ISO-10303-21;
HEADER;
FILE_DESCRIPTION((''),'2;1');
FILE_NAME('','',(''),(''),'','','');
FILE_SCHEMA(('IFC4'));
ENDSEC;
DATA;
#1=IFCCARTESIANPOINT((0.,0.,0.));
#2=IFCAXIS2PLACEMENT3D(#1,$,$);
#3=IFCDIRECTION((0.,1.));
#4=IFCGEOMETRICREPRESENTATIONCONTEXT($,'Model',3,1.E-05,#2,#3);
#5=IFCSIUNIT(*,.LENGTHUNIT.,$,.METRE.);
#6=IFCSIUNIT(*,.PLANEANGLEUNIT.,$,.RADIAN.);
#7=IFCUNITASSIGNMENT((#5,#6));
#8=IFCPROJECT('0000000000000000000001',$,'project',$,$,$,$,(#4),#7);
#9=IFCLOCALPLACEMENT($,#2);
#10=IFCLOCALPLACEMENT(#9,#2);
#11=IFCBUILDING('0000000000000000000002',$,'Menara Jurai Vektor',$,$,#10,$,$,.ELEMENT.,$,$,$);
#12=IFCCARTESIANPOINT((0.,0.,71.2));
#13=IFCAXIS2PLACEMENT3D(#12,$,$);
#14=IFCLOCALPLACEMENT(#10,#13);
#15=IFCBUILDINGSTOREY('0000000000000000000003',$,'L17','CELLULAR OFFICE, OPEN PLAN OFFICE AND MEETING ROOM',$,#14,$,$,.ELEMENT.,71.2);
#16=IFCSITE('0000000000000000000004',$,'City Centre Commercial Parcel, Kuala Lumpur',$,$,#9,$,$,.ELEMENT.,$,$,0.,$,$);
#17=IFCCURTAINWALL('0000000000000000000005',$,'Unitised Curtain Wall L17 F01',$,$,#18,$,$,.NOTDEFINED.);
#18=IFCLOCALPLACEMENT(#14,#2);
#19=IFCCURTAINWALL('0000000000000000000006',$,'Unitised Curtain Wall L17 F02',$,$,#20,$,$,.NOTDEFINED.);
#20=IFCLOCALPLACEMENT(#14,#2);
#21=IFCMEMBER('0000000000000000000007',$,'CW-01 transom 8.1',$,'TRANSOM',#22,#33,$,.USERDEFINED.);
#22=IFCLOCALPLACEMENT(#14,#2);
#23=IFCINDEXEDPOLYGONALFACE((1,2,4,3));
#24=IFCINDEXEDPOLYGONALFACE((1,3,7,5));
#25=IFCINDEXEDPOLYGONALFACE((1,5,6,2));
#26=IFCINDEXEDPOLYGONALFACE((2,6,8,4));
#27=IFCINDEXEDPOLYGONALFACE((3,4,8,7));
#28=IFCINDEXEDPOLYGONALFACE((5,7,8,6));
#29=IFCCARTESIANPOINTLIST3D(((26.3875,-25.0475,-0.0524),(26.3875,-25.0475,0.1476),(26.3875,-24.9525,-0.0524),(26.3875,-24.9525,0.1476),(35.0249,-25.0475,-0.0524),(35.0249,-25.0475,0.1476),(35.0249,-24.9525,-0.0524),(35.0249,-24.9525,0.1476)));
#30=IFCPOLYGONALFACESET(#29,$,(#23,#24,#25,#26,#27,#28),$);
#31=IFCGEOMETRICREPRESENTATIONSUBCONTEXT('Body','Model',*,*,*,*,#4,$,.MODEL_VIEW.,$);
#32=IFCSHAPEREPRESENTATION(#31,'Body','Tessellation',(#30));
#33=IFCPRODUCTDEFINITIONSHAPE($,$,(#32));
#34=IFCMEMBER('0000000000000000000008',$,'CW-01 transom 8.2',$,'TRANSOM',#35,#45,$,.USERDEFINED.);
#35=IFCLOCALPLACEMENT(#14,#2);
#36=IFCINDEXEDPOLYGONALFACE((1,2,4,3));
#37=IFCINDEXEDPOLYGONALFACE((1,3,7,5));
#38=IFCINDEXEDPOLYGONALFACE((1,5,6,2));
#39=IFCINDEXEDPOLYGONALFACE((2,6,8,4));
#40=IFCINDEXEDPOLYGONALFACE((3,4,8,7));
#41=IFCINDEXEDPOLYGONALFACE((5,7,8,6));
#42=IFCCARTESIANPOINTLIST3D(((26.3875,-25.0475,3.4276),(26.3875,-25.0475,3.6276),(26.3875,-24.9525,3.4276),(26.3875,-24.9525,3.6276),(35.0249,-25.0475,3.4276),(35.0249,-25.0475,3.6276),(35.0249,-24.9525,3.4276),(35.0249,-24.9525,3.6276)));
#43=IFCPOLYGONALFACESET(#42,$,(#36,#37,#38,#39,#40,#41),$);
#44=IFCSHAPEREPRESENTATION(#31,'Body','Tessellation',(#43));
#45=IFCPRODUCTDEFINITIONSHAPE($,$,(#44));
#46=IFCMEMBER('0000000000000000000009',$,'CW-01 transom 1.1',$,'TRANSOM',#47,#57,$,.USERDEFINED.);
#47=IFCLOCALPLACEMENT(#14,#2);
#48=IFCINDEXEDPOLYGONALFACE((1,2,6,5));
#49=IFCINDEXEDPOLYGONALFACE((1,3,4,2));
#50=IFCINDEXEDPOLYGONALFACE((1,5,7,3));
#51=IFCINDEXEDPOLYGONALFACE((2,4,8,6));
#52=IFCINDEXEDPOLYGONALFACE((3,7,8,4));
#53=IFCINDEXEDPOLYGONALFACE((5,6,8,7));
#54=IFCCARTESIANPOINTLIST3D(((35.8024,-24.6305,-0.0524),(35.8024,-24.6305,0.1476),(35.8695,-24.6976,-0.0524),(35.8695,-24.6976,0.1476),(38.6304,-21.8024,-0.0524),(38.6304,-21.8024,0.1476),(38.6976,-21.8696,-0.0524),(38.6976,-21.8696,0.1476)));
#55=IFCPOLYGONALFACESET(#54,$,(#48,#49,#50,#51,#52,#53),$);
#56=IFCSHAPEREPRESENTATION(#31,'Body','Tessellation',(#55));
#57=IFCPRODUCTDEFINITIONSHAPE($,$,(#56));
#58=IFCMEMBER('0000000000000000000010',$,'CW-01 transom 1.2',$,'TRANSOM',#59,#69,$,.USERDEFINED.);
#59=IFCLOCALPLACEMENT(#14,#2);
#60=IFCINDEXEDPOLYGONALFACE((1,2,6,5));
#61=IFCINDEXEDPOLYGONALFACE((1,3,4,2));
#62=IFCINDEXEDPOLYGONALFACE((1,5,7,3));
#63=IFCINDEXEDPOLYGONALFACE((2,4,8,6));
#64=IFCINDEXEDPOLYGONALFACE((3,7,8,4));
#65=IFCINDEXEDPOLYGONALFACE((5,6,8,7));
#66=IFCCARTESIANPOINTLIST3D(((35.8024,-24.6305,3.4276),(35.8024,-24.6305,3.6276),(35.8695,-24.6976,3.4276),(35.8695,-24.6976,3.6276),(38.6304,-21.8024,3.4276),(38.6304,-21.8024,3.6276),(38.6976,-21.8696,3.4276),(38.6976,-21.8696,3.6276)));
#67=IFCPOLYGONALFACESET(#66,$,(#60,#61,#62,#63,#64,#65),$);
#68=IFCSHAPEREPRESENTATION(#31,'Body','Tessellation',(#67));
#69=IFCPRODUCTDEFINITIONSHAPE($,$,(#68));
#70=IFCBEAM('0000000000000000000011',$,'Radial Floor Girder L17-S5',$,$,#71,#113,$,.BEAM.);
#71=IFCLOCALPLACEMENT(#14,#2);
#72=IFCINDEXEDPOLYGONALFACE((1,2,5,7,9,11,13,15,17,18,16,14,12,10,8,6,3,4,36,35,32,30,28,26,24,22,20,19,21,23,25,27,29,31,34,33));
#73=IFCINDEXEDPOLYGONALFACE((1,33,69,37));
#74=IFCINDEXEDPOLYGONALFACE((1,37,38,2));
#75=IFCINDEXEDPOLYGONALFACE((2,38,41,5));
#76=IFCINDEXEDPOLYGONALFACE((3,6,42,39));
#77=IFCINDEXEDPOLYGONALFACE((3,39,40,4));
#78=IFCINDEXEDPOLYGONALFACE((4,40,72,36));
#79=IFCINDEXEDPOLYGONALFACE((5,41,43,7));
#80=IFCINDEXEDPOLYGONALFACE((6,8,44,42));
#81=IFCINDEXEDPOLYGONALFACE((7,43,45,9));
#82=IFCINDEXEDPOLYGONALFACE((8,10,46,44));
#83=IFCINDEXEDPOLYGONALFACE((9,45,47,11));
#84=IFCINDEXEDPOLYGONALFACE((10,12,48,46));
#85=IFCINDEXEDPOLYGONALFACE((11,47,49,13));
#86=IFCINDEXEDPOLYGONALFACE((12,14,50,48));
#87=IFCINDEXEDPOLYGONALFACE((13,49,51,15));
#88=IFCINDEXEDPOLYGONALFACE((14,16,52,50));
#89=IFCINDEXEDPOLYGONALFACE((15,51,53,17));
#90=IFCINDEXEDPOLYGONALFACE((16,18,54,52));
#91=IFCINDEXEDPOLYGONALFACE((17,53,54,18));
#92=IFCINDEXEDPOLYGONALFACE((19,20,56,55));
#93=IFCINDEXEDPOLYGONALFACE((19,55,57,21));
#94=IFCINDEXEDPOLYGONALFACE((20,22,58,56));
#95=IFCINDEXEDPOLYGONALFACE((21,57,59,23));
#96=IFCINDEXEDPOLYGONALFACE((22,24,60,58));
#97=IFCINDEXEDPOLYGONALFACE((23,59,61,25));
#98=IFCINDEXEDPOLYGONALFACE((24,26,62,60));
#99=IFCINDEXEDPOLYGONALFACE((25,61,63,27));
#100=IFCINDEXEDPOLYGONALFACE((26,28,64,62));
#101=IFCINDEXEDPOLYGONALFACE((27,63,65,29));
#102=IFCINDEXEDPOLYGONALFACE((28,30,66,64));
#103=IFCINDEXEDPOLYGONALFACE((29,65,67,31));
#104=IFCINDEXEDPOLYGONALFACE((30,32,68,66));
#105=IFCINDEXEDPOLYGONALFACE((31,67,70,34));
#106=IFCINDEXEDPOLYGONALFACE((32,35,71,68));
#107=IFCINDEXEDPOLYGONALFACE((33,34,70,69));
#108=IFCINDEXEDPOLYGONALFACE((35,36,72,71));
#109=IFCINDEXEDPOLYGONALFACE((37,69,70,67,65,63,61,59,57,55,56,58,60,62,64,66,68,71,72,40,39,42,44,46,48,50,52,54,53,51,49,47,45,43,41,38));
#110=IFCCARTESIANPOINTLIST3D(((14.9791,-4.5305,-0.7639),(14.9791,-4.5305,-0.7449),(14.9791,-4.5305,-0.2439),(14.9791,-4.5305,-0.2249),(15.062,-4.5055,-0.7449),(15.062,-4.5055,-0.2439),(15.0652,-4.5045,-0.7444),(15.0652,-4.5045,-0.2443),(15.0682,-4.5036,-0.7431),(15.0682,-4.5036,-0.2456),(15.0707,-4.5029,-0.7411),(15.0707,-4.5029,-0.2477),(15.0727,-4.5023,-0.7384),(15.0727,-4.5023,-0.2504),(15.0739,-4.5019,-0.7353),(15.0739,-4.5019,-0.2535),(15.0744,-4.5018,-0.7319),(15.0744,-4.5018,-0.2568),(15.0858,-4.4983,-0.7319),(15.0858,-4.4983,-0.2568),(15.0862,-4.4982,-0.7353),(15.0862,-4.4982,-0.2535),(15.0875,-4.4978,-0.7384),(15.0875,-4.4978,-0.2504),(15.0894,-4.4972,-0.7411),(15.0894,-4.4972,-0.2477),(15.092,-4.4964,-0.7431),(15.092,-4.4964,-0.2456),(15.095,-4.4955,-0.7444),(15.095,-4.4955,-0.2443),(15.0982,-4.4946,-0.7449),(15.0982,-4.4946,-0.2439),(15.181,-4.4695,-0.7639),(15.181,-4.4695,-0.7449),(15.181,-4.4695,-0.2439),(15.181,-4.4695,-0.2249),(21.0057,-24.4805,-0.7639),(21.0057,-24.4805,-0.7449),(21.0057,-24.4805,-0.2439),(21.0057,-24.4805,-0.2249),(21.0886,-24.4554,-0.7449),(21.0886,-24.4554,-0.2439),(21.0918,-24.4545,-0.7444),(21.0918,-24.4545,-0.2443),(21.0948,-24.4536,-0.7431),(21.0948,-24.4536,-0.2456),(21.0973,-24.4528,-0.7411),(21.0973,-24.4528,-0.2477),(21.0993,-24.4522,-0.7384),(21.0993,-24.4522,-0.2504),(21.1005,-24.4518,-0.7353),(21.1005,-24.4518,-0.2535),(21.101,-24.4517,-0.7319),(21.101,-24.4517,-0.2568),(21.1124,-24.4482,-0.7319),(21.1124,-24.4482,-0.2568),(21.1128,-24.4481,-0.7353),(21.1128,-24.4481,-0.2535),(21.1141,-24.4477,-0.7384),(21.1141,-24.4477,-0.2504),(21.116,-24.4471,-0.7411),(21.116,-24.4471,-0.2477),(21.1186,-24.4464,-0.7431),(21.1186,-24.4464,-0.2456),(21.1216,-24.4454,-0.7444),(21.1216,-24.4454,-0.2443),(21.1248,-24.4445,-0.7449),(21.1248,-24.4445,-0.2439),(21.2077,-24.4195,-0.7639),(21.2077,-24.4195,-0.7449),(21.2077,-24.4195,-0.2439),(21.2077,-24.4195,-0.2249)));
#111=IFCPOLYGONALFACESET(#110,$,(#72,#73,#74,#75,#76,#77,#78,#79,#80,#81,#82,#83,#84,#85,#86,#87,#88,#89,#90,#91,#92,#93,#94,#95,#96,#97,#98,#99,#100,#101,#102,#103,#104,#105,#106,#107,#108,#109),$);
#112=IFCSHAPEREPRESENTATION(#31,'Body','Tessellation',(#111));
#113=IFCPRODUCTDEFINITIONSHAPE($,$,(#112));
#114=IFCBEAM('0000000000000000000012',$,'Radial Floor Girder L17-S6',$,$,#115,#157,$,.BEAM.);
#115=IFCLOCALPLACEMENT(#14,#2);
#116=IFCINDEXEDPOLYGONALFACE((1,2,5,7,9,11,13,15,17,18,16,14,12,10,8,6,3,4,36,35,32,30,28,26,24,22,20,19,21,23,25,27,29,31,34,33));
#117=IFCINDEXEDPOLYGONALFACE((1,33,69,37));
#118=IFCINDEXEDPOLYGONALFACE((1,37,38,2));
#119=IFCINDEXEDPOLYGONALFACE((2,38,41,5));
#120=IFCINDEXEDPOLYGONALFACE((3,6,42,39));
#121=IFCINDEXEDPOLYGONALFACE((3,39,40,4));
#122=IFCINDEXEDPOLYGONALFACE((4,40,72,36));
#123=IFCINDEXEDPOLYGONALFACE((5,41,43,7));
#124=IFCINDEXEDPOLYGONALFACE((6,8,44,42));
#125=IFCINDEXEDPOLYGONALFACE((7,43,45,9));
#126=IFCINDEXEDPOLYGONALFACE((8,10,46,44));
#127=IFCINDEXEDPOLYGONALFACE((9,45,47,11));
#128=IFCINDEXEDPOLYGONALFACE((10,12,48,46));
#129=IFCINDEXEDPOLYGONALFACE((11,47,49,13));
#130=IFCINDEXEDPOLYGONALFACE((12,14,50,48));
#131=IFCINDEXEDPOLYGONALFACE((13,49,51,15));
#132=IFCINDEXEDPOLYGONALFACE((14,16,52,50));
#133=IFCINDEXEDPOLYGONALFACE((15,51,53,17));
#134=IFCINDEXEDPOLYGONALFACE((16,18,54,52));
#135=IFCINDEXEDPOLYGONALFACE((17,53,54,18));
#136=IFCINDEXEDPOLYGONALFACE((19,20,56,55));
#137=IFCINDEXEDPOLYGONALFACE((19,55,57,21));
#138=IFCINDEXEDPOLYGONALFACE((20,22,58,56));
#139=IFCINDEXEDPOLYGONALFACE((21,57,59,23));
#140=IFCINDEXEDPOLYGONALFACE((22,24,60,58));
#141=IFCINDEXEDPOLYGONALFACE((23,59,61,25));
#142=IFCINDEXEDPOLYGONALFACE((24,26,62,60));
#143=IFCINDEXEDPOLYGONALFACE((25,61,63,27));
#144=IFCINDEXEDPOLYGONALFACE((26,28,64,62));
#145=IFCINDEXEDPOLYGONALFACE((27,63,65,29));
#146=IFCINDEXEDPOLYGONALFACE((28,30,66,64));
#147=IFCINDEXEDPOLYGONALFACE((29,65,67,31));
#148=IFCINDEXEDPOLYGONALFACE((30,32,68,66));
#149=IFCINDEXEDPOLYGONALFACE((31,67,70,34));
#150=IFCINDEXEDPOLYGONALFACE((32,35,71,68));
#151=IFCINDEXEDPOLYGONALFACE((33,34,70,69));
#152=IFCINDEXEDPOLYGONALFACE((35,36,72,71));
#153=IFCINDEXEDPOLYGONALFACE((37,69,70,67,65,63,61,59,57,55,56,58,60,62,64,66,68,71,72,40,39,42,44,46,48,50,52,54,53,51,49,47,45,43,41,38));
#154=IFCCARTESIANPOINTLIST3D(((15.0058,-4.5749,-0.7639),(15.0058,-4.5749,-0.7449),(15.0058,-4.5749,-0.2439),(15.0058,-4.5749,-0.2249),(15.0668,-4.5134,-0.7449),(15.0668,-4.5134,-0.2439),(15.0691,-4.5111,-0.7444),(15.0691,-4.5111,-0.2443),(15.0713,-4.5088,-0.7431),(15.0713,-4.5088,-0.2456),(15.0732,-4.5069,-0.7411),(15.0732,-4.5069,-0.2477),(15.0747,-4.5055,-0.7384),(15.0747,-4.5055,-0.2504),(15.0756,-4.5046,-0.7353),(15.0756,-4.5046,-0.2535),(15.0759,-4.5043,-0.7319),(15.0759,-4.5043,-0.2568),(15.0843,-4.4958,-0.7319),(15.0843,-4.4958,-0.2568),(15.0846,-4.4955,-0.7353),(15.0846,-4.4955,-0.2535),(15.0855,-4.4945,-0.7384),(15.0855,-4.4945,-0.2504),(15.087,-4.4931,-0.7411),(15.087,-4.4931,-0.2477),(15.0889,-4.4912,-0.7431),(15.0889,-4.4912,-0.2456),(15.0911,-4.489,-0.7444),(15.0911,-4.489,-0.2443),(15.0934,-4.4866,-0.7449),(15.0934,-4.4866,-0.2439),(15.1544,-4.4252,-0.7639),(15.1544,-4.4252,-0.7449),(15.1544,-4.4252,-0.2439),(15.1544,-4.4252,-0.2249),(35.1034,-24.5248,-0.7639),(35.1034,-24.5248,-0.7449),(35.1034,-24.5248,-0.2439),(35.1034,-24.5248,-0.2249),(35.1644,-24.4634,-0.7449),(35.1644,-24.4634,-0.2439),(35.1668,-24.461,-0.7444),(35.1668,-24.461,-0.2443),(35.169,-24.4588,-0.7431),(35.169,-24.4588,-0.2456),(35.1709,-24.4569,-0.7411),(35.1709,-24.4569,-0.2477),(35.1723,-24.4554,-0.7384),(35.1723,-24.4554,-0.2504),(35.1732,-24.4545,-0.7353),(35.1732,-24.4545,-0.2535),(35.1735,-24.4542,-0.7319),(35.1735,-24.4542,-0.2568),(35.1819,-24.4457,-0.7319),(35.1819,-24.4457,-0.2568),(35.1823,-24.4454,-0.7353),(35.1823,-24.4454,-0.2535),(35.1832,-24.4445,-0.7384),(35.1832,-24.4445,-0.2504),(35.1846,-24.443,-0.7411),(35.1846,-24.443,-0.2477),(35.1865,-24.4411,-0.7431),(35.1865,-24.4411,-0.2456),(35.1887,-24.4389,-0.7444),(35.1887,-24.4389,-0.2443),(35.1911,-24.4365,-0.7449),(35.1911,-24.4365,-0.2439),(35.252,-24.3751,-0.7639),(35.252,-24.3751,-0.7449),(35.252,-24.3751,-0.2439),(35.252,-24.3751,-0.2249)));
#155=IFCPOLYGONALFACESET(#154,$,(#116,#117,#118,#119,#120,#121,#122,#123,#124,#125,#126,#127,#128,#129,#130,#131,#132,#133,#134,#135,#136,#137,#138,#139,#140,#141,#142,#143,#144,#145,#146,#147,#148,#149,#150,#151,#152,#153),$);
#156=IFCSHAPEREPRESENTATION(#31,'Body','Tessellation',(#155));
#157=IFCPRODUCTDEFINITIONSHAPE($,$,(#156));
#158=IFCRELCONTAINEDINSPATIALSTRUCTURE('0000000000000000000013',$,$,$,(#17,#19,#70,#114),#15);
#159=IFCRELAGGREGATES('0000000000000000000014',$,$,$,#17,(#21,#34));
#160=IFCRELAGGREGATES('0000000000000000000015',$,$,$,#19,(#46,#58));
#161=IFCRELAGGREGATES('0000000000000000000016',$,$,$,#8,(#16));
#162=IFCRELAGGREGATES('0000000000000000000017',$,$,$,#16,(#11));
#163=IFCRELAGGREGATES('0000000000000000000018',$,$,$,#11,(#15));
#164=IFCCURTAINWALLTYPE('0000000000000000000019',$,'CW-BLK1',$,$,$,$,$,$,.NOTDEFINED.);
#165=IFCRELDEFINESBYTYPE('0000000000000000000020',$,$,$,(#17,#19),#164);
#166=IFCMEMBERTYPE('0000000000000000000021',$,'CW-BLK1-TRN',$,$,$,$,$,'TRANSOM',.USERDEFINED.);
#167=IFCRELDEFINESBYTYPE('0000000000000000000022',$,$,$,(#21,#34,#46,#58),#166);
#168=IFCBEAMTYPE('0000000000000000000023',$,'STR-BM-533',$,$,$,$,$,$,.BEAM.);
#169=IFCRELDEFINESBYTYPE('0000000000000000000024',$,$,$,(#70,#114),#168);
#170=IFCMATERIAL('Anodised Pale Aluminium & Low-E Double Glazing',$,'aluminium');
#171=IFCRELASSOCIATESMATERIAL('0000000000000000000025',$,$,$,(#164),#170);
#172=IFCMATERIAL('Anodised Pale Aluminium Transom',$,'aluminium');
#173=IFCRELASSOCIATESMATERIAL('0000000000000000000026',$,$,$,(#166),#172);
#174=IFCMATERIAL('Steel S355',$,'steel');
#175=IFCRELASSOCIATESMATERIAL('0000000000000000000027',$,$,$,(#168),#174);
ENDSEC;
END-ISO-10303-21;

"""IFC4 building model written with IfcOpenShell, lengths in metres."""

from ifc_helpers import new_model, si_unit, direction, frame, origin, origin_2d, place, context, subcontext, project, spatial, rectangle, i_section, extrude, material, material_profile, profile_set, type_object, element, aggregate, save


model = new_model("IFC4")

# Units and contexts
model_context = context("Model", 3, precision=1e-05, world=origin(), true_north=direction((0.0, 1.0)))
body_context = subcontext(model_context, "Body", "Model", "MODEL_VIEW")
ifc_project = project(units=[si_unit("LENGTHUNIT", "METRE"), si_unit("PLANEANGLEUNIT", "RADIAN")], contexts=[model_context])

# Site, building, storey
site_placement = place(None, origin())
site = spatial("IfcSite", under=ifc_project, at=site_placement, Name="City Centre Commercial Parcel, Kuala Lumpur", CompositionType="ELEMENT", RefElevation=0.0)
building_placement = place(site_placement, origin())
building = spatial("IfcBuilding", under=site, at=building_placement, Name="Menara Jurai Vektor", CompositionType="ELEMENT")
storey_placement = place(building_placement, frame((0.0, 0.0, 71.2)))
storey = spatial("IfcBuildingStorey", under=building, at=storey_placement, Name="L17", Description="CELLULAR OFFICE, OPEN PLAN OFFICE AND MEETING ROOM", CompositionType="ELEMENT", Elevation=71.2)

# Curtain walls
ifc_material_1 = material(Name="Anodised Pale Aluminium & Low-E Double Glazing", Category="aluminium")
curtain_wall_type = type_object("IfcCurtainWallType", Name="CW-BLK1", PredefinedType="NOTDEFINED", material=ifc_material_1)
curtain_wall_1_placement = place(storey_placement, origin())
curtain_wall_1 = element("IfcCurtainWall", 1, at=curtain_wall_1_placement, inside=storey, type_object=curtain_wall_type, Name="Unitised Curtain Wall L17 F01", PredefinedType="NOTDEFINED")
curtain_wall_2_placement = place(storey_placement, origin())
curtain_wall_2 = element("IfcCurtainWall", 2, at=curtain_wall_2_placement, inside=storey, type_object=curtain_wall_type, Name="Unitised Curtain Wall L17 F02", PredefinedType="NOTDEFINED")

# Members
ifc_material_2 = material(Name="Anodised Pale Aluminium Transom", Category="aluminium")
ifc_material_profile_1 = material_profile(ifc_material_2, rectangle(XDim=0.095, YDim=0.2, at=origin_2d()), Name="ALU TRN 95x200")
ifc_profile_set_1 = profile_set([ifc_material_profile_1], Name="Anodised Pale Aluminium Transom")
member_type_1 = type_object("IfcMemberType", Name="CW-BLK1-TRN", ElementType="TRANSOM", PredefinedType="USERDEFINED", material=ifc_profile_set_1)
member_1_placement = place(storey_placement, frame((26.3875, -25.0, 0.0476), z_axis=(1.0, 0.0, 0.0), x_axis=(0.0, 1.0, 0.0)))
member_1 = element("IfcMember", 3, at=member_1_placement, type_object=member_type_1, Name="CW-01 transom 8.1", ObjectType="TRANSOM", PredefinedType="USERDEFINED", context=body_context, shape_type="SweptSolid", body=[
    extrude(rectangle(XDim=0.095, YDim=0.2, at=origin_2d()), origin(), (0.0, 0.0, 1.0), 8.6375),
])
member_2_placement = place(storey_placement, frame((26.3875, -25.0, 3.5276), z_axis=(1.0, 0.0, 0.0), x_axis=(0.0, 1.0, 0.0)))
member_2 = element("IfcMember", 4, at=member_2_placement, type_object=member_type_1, Name="CW-01 transom 8.2", ObjectType="TRANSOM", PredefinedType="USERDEFINED", context=body_context, shape_type="SweptSolid", body=[
    extrude(rectangle(XDim=0.095, YDim=0.2, at=origin_2d()), origin(), (0.0, 0.0, 1.0), 8.6375),
])
member_3_placement = place(storey_placement, frame((35.8359, -24.6641, 0.0476), z_axis=(0.707107, 0.707107, 0.0), x_axis=(-0.707107, 0.707107, 0.0)))
member_3 = element("IfcMember", 5, at=member_3_placement, type_object=member_type_1, Name="CW-01 transom 1.1", ObjectType="TRANSOM", PredefinedType="USERDEFINED", context=body_context, shape_type="SweptSolid", body=[
    extrude(rectangle(XDim=0.095, YDim=0.2, at=origin_2d()), origin(), (0.0, 0.0, 1.0), 3.9995),
])
member_4_placement = place(storey_placement, frame((35.8359, -24.6641, 3.5276), z_axis=(0.707107, 0.707107, 0.0), x_axis=(-0.707107, 0.707107, 0.0)))
member_4 = element("IfcMember", 6, at=member_4_placement, type_object=member_type_1, Name="CW-01 transom 1.2", ObjectType="TRANSOM", PredefinedType="USERDEFINED", context=body_context, shape_type="SweptSolid", body=[
    extrude(rectangle(XDim=0.095, YDim=0.2, at=origin_2d()), origin(), (0.0, 0.0, 1.0), 3.9995),
])

# Beams
ifc_material_3 = material(Name="Steel S355", Category="steel")
ifc_material_profile_2 = material_profile(ifc_material_3, i_section(OverallWidth=0.2109, OverallDepth=0.5391, WebThickness=0.012, FlangeThickness=0.019, FilletRadius=0.0129, at=origin_2d()), Name="UKB 533x210x109")
ifc_profile_set_2 = profile_set([ifc_material_profile_2], Name="Steel S355")
beam_type_1 = type_object("IfcBeamType", Name="STR-BM-533", PredefinedType="BEAM", material=ifc_profile_set_2)
beam_1_placement = place(storey_placement, frame((21.1067, -24.45, -0.4944), z_axis=(-0.28918, 0.957275, 0.0), x_axis=(-0.957275, -0.28918, 0.0)))
element("IfcBeam", 7, at=beam_1_placement, inside=storey, type_object=beam_type_1, Name="Radial Floor Girder L17-S5", PredefinedType="BEAM", context=body_context, shape_type="SweptSolid", body=[
    extrude(i_section(OverallWidth=0.2109, OverallDepth=0.5391, WebThickness=0.012, FlangeThickness=0.019, FilletRadius=0.0129, at=origin_2d()), origin(), (0.0, 0.0, 1.0), 20.8403),
])
beam_2_placement = place(storey_placement, frame((35.1777, -24.45, -0.4944), z_axis=(-0.70971, 0.704494, 0.0), x_axis=(-0.704494, -0.70971, 0.0)))
element("IfcBeam", 8, at=beam_2_placement, inside=storey, type_object=beam_type_1, Name="Radial Floor Girder L17-S6", PredefinedType="BEAM", context=body_context, shape_type="SweptSolid", body=[
    extrude(i_section(OverallWidth=0.2109, OverallDepth=0.5391, WebThickness=0.012, FlangeThickness=0.019, FilletRadius=0.0129, at=origin_2d()), origin(), (0.0, 0.0, 1.0), 28.3181),
])

aggregate(curtain_wall_1, [member_1, member_2])
aggregate(curtain_wall_2, [member_3, member_4])

save(model, "model.ifc")
